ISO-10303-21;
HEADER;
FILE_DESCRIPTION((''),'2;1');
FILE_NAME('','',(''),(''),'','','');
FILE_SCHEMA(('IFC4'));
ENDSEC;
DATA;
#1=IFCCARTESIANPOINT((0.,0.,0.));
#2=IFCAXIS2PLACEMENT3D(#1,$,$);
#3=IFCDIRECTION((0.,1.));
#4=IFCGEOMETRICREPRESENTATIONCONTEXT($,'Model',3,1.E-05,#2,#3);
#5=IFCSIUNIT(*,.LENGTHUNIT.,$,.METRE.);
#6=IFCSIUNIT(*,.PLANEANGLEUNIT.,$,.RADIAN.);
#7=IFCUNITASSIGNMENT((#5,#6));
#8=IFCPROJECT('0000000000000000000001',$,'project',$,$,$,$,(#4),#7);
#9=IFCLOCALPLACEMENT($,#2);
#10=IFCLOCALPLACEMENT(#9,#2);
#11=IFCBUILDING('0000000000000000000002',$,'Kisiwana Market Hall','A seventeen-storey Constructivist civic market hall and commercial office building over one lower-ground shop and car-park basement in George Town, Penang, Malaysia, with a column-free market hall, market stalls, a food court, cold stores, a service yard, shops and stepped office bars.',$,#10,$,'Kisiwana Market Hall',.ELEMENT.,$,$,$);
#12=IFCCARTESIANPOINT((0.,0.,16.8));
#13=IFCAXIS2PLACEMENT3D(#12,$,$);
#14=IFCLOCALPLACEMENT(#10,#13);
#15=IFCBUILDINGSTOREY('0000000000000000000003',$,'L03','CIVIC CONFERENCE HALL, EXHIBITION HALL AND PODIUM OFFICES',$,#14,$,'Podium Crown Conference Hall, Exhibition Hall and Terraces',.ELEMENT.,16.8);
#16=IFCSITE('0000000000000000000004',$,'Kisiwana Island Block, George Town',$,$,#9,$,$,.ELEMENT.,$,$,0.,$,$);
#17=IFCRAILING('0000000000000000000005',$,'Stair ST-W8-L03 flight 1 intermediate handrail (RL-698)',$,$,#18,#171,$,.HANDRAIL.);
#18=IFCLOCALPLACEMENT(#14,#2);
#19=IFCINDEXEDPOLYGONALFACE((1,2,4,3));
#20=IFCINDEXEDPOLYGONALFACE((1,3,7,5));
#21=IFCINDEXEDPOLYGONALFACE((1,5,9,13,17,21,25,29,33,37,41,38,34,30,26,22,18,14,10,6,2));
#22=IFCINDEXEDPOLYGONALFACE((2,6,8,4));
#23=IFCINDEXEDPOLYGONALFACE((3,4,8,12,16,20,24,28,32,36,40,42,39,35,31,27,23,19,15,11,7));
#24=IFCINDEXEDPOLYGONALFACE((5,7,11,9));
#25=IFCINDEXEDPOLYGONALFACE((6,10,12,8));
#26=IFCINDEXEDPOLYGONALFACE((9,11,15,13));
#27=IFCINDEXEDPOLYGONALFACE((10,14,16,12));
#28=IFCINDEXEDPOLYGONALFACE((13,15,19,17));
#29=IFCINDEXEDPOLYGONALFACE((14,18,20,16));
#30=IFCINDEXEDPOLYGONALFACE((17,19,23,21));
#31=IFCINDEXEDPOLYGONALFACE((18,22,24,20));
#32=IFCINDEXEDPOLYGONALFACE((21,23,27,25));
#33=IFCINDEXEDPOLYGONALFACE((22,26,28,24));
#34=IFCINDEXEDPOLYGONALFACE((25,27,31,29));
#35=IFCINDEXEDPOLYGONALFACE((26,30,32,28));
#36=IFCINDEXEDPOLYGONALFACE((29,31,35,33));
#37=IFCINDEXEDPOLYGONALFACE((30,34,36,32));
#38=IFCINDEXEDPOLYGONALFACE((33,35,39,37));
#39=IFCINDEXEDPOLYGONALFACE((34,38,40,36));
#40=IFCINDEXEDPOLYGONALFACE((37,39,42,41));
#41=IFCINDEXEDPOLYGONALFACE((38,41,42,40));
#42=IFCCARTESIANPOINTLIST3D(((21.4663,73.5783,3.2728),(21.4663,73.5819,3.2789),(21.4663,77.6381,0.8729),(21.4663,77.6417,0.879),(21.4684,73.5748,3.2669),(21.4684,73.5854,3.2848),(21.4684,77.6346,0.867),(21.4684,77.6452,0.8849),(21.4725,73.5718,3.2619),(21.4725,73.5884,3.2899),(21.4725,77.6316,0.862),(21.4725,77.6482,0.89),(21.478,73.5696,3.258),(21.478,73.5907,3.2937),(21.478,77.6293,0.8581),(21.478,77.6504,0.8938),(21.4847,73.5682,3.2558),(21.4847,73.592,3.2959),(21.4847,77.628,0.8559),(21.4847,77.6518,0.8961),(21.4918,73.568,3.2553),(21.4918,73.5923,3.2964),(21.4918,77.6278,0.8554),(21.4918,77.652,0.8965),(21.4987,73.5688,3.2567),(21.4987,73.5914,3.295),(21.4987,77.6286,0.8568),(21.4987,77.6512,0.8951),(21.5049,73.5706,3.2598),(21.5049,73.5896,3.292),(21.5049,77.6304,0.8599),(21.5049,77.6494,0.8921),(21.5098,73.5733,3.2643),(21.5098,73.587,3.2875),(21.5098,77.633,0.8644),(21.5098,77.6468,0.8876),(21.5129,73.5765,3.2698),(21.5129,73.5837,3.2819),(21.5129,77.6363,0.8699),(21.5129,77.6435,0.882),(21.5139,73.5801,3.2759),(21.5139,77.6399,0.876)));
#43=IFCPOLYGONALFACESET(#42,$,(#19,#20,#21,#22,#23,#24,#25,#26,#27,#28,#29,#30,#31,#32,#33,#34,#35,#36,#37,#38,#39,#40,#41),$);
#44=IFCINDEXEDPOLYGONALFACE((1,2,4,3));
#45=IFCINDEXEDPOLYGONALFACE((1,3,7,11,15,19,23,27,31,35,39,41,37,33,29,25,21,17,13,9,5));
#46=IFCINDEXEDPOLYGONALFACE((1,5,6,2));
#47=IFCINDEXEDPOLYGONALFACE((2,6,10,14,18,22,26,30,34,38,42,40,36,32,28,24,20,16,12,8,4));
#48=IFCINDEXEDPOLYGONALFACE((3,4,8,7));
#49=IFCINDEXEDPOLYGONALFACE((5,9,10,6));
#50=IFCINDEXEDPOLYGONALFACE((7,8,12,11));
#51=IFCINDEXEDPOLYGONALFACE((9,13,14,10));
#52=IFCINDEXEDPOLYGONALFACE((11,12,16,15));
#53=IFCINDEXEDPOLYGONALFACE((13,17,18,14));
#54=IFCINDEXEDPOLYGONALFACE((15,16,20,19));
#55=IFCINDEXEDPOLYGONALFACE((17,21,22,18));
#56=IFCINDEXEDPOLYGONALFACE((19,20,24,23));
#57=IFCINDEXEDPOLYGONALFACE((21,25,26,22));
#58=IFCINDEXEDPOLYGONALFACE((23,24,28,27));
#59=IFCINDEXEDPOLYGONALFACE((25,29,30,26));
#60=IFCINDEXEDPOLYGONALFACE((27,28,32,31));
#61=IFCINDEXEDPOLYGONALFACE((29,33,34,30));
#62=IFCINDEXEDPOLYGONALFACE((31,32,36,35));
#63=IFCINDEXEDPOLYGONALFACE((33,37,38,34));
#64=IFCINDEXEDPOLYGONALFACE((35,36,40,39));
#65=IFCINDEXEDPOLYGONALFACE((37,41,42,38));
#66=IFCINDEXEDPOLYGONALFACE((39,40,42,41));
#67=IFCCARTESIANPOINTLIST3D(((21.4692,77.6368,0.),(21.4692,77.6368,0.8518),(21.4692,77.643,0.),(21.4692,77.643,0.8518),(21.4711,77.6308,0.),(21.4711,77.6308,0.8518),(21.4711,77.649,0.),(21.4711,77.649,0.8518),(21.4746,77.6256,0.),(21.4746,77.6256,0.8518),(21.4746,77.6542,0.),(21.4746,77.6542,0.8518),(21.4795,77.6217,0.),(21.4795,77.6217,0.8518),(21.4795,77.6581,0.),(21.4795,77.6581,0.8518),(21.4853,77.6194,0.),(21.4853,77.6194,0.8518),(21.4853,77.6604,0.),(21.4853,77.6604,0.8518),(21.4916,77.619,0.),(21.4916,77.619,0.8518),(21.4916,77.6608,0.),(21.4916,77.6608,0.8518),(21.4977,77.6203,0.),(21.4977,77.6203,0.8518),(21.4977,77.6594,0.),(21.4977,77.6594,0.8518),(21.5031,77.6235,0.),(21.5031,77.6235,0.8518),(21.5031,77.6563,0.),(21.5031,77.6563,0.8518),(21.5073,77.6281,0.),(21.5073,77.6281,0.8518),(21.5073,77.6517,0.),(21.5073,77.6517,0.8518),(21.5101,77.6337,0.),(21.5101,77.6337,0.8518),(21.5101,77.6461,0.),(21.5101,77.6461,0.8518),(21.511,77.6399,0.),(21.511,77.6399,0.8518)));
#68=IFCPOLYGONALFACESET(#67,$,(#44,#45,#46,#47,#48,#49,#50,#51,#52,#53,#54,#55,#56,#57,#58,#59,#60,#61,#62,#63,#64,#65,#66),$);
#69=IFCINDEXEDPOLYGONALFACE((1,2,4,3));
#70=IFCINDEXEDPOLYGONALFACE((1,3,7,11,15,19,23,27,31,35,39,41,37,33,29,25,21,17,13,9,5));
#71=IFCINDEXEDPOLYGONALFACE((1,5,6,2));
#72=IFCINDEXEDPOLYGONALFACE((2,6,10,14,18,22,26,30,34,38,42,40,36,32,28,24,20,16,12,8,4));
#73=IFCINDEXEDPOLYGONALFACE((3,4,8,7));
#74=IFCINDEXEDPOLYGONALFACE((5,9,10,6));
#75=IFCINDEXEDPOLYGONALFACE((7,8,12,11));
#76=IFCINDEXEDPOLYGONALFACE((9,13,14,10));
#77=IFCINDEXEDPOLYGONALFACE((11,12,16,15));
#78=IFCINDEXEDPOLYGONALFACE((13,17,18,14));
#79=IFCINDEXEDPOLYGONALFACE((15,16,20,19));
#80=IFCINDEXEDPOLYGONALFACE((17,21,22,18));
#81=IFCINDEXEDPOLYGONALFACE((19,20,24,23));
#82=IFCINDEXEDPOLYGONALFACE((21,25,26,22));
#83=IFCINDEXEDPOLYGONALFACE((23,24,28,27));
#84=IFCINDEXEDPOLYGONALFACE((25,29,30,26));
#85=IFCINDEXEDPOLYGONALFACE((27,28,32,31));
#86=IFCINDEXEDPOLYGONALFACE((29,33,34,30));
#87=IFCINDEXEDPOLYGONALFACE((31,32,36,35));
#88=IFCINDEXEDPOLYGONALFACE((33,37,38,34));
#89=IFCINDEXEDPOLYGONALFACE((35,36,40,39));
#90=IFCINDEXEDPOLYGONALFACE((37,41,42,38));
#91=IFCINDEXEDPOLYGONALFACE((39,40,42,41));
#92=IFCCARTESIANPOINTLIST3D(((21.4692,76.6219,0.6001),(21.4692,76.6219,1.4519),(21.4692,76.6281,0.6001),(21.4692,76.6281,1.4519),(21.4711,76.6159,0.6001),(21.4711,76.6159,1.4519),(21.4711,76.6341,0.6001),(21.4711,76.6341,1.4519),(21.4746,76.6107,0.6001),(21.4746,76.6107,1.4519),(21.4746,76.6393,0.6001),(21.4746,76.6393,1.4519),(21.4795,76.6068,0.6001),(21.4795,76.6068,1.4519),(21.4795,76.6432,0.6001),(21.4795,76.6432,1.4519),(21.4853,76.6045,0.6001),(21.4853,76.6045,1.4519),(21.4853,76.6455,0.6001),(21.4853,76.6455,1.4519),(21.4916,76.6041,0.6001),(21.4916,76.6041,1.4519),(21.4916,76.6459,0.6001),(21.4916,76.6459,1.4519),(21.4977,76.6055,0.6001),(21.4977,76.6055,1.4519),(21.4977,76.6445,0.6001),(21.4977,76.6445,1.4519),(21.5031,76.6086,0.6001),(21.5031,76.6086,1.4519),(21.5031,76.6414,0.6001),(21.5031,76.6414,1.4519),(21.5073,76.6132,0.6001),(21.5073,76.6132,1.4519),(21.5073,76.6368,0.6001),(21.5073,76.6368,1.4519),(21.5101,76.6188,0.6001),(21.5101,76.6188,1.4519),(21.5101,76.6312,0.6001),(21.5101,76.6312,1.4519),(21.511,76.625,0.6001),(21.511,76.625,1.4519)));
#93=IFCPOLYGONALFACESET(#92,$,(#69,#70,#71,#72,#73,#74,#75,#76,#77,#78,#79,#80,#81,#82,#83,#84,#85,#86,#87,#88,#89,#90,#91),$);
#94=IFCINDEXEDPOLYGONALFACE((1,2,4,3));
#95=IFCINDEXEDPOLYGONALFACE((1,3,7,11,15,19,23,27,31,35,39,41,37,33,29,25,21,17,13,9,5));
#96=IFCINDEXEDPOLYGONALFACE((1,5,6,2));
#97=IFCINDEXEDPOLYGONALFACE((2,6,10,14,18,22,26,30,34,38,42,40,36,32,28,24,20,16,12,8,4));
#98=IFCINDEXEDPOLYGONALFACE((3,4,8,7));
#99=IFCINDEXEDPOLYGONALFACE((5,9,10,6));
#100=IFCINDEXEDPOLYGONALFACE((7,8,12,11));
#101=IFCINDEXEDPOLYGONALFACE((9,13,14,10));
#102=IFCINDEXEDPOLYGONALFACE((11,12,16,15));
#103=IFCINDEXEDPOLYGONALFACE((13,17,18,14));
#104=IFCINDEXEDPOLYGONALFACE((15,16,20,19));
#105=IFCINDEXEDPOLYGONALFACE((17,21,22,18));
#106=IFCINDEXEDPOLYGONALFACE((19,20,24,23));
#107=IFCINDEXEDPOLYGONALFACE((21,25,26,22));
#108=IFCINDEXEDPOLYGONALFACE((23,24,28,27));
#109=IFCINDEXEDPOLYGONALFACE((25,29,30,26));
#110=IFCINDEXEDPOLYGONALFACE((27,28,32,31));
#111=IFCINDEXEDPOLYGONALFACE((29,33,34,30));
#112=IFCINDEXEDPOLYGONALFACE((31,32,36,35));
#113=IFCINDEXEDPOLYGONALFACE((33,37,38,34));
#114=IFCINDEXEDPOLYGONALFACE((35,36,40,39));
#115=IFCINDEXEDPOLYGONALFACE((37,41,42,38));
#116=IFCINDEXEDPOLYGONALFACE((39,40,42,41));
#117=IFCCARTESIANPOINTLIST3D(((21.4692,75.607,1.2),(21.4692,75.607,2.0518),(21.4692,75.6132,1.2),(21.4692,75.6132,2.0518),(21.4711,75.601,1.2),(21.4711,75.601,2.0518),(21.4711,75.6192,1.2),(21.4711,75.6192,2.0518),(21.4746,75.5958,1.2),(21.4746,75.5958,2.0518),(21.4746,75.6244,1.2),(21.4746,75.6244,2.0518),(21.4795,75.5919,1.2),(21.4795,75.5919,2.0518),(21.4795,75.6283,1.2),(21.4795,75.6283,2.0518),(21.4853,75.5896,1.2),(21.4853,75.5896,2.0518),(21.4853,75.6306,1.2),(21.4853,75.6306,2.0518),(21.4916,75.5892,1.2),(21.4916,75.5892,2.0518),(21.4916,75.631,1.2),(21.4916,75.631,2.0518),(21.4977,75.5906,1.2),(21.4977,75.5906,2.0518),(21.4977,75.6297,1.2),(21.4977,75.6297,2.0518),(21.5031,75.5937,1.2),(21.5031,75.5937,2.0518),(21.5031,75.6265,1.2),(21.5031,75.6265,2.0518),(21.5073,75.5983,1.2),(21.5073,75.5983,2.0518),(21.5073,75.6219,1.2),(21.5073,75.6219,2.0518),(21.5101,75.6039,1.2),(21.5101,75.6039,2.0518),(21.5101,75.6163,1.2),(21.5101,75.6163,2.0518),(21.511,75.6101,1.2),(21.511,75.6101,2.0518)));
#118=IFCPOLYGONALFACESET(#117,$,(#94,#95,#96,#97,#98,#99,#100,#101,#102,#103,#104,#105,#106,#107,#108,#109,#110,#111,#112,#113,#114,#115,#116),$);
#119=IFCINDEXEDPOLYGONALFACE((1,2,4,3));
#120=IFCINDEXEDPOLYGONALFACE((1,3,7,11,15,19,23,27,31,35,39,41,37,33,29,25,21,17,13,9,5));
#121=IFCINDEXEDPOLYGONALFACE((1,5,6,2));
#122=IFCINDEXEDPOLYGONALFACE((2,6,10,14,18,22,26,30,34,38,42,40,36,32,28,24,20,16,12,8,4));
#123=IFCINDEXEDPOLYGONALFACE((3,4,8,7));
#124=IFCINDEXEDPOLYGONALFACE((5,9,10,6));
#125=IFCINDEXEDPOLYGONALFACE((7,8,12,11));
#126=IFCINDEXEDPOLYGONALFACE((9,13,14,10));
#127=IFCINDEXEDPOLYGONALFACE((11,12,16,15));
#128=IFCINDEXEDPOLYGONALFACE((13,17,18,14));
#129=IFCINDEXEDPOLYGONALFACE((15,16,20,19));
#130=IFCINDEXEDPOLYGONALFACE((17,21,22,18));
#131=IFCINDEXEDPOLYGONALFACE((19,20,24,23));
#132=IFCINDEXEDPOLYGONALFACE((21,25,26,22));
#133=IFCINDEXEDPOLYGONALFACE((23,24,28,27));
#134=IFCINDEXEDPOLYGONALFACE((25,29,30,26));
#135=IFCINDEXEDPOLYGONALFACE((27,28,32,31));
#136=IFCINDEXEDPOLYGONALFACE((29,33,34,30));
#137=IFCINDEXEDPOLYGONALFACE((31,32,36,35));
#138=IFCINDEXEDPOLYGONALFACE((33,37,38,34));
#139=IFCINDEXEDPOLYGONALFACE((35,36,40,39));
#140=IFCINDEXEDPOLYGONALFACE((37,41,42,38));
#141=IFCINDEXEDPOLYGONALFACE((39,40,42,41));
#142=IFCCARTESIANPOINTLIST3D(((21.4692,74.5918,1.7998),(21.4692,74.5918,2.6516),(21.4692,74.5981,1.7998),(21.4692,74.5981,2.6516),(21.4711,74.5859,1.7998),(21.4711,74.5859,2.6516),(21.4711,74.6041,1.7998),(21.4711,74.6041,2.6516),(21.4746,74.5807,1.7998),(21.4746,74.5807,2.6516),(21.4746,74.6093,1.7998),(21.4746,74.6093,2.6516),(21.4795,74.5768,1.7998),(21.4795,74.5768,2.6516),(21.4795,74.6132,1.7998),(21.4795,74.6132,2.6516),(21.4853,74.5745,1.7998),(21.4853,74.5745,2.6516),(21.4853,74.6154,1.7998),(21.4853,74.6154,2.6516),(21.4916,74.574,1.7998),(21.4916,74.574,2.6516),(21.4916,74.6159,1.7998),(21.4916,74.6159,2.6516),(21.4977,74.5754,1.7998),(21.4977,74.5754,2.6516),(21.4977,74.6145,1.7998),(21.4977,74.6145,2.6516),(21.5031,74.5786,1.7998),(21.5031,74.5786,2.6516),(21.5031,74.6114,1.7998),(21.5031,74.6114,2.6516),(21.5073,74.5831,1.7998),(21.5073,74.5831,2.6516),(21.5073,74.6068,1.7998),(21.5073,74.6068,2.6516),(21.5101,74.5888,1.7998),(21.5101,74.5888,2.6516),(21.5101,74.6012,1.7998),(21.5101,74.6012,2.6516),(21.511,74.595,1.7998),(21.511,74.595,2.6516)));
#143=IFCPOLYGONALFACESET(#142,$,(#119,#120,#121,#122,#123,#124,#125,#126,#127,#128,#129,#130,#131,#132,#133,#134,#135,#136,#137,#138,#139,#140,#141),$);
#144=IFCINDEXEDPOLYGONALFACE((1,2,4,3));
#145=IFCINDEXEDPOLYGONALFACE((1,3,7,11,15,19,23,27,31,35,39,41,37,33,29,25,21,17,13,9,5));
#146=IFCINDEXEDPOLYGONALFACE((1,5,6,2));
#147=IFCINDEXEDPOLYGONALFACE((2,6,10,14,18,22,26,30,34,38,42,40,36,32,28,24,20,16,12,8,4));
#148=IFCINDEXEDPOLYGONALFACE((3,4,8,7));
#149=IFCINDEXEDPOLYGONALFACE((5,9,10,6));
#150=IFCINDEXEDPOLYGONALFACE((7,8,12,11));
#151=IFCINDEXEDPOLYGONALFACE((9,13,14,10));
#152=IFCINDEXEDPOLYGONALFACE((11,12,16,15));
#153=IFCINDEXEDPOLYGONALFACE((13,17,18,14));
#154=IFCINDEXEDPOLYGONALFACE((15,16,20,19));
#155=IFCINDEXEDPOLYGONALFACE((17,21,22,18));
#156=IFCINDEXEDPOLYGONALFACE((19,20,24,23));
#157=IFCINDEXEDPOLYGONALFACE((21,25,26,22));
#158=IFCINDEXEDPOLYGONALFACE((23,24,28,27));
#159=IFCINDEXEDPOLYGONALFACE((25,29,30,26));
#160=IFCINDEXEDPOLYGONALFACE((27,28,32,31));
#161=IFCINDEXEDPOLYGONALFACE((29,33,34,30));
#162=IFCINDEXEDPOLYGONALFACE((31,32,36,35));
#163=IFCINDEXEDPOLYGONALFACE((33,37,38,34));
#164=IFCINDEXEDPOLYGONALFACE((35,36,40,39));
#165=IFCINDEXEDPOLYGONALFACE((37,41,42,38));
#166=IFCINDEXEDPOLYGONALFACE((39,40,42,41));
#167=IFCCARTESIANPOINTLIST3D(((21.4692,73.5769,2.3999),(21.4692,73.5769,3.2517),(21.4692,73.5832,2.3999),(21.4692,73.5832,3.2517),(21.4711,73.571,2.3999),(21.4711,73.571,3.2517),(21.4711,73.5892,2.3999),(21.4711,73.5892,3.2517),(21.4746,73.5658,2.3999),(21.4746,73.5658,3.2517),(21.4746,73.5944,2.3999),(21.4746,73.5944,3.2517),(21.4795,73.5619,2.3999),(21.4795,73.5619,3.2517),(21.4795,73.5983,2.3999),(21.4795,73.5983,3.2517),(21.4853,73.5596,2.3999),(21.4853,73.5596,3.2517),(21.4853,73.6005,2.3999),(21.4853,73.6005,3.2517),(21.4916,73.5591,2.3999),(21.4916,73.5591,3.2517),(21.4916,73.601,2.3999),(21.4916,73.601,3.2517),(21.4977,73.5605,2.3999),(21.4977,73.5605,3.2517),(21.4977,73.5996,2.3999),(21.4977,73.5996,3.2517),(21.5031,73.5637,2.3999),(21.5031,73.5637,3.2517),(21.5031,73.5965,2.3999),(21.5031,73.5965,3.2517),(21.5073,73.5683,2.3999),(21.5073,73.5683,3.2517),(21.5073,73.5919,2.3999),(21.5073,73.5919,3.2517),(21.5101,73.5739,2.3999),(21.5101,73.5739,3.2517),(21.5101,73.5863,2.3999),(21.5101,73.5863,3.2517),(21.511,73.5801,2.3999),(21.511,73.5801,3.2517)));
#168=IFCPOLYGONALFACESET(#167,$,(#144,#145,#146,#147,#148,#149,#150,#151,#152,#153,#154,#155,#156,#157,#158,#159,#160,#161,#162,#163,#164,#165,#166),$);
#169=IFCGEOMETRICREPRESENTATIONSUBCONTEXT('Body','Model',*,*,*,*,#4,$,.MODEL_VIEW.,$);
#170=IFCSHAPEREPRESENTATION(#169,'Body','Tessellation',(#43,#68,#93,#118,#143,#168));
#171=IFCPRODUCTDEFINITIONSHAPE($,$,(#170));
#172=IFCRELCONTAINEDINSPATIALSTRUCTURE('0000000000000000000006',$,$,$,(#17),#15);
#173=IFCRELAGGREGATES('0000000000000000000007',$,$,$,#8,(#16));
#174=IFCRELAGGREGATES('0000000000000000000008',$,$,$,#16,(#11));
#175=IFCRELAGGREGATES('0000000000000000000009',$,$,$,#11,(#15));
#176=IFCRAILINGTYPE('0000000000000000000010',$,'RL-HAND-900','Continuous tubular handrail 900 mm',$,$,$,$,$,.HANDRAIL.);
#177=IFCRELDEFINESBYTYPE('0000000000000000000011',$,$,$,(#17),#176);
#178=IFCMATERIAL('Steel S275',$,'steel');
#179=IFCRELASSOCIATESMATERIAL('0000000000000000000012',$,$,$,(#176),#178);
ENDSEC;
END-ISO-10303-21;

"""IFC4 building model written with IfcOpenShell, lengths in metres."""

from ifc_helpers import new_model, si_unit, direction, frame, origin, origin_2d, place, context, subcontext, project, spatial, circle, extrude, material, type_object, element, save


model = new_model("IFC4")

# Units and contexts
model_context = context("Model", 3, precision=1e-05, world=origin(), true_north=direction((0.0, 1.0)))
body_context = subcontext(model_context, "Body", "Model", "MODEL_VIEW")
ifc_project = project(units=[si_unit("LENGTHUNIT", "METRE"), si_unit("PLANEANGLEUNIT", "RADIAN")], contexts=[model_context])

# Site, building, storey
site_placement = place(None, origin())
site = spatial("IfcSite", under=ifc_project, at=site_placement, Name="Kisiwana Island Block, George Town", CompositionType="ELEMENT", RefElevation=0.0)
building_placement = place(site_placement, origin())
building = spatial("IfcBuilding", under=site, at=building_placement, Name="Kisiwana Market Hall", Description="A seventeen-storey Constructivist civic market hall and commercial office building over one lower-ground shop and car-park basement in George Town, Penang, Malaysia, with a column-free market hall, market stalls, a food court, cold stores, a service yard, shops and stepped office bars.", LongName="Kisiwana Market Hall", CompositionType="ELEMENT")
storey_placement = place(building_placement, frame((0.0, 0.0, 16.8)))
storey = spatial("IfcBuildingStorey", under=building, at=storey_placement, Name="L03", Description="CIVIC CONFERENCE HALL, EXHIBITION HALL AND PODIUM OFFICES", LongName="Podium Crown Conference Hall, Exhibition Hall and Terraces", CompositionType="ELEMENT", Elevation=16.8)

# Railing
ifc_material_1 = material(Name="Steel S275", Category="steel")
railing_type_1 = type_object("IfcRailingType", Name="RL-HAND-900", Description="Continuous tubular handrail 900 mm", PredefinedType="HANDRAIL", material=ifc_material_1)
railing_1_placement = place(storey_placement, frame((21.49, 77.6399, 0.0)))
element("IfcRailing", 1, at=railing_1_placement, inside=storey, type_object=railing_type_1, Name="Stair ST-W8-L03 flight 1 intermediate handrail (RL-698)", PredefinedType="HANDRAIL", context=body_context, shape_type="SweptSolid", body=[
    extrude(circle(Radius=0.0239, at=origin_2d()), frame((0.0, 0.0, 0.876), z_axis=(0.0, -0.860841, 0.508874), x_axis=(1.0, 0.0, 0.0)), (0.0, 0.0, 1.0), 4.7161),
    extrude(circle(Radius=0.021, at=origin_2d()), origin(), (0.0, 0.0, 1.0), 0.8518),
    extrude(circle(Radius=0.021, at=origin_2d()), frame((0.0, -1.0149, 0.6001)), (0.0, 0.0, 1.0), 0.8518),
    extrude(circle(Radius=0.021, at=origin_2d()), frame((0.0, -2.0298, 1.2)), (0.0, 0.0, 1.0), 0.8518),
    extrude(circle(Radius=0.021, at=origin_2d()), frame((0.0, -3.0449, 1.7998)), (0.0, 0.0, 1.0), 0.8518),
    extrude(circle(Radius=0.021, at=origin_2d()), frame((0.0, -4.0598, 2.3999)), (0.0, 0.0, 1.0), 0.8518),
])

save(model, "model.ifc")
